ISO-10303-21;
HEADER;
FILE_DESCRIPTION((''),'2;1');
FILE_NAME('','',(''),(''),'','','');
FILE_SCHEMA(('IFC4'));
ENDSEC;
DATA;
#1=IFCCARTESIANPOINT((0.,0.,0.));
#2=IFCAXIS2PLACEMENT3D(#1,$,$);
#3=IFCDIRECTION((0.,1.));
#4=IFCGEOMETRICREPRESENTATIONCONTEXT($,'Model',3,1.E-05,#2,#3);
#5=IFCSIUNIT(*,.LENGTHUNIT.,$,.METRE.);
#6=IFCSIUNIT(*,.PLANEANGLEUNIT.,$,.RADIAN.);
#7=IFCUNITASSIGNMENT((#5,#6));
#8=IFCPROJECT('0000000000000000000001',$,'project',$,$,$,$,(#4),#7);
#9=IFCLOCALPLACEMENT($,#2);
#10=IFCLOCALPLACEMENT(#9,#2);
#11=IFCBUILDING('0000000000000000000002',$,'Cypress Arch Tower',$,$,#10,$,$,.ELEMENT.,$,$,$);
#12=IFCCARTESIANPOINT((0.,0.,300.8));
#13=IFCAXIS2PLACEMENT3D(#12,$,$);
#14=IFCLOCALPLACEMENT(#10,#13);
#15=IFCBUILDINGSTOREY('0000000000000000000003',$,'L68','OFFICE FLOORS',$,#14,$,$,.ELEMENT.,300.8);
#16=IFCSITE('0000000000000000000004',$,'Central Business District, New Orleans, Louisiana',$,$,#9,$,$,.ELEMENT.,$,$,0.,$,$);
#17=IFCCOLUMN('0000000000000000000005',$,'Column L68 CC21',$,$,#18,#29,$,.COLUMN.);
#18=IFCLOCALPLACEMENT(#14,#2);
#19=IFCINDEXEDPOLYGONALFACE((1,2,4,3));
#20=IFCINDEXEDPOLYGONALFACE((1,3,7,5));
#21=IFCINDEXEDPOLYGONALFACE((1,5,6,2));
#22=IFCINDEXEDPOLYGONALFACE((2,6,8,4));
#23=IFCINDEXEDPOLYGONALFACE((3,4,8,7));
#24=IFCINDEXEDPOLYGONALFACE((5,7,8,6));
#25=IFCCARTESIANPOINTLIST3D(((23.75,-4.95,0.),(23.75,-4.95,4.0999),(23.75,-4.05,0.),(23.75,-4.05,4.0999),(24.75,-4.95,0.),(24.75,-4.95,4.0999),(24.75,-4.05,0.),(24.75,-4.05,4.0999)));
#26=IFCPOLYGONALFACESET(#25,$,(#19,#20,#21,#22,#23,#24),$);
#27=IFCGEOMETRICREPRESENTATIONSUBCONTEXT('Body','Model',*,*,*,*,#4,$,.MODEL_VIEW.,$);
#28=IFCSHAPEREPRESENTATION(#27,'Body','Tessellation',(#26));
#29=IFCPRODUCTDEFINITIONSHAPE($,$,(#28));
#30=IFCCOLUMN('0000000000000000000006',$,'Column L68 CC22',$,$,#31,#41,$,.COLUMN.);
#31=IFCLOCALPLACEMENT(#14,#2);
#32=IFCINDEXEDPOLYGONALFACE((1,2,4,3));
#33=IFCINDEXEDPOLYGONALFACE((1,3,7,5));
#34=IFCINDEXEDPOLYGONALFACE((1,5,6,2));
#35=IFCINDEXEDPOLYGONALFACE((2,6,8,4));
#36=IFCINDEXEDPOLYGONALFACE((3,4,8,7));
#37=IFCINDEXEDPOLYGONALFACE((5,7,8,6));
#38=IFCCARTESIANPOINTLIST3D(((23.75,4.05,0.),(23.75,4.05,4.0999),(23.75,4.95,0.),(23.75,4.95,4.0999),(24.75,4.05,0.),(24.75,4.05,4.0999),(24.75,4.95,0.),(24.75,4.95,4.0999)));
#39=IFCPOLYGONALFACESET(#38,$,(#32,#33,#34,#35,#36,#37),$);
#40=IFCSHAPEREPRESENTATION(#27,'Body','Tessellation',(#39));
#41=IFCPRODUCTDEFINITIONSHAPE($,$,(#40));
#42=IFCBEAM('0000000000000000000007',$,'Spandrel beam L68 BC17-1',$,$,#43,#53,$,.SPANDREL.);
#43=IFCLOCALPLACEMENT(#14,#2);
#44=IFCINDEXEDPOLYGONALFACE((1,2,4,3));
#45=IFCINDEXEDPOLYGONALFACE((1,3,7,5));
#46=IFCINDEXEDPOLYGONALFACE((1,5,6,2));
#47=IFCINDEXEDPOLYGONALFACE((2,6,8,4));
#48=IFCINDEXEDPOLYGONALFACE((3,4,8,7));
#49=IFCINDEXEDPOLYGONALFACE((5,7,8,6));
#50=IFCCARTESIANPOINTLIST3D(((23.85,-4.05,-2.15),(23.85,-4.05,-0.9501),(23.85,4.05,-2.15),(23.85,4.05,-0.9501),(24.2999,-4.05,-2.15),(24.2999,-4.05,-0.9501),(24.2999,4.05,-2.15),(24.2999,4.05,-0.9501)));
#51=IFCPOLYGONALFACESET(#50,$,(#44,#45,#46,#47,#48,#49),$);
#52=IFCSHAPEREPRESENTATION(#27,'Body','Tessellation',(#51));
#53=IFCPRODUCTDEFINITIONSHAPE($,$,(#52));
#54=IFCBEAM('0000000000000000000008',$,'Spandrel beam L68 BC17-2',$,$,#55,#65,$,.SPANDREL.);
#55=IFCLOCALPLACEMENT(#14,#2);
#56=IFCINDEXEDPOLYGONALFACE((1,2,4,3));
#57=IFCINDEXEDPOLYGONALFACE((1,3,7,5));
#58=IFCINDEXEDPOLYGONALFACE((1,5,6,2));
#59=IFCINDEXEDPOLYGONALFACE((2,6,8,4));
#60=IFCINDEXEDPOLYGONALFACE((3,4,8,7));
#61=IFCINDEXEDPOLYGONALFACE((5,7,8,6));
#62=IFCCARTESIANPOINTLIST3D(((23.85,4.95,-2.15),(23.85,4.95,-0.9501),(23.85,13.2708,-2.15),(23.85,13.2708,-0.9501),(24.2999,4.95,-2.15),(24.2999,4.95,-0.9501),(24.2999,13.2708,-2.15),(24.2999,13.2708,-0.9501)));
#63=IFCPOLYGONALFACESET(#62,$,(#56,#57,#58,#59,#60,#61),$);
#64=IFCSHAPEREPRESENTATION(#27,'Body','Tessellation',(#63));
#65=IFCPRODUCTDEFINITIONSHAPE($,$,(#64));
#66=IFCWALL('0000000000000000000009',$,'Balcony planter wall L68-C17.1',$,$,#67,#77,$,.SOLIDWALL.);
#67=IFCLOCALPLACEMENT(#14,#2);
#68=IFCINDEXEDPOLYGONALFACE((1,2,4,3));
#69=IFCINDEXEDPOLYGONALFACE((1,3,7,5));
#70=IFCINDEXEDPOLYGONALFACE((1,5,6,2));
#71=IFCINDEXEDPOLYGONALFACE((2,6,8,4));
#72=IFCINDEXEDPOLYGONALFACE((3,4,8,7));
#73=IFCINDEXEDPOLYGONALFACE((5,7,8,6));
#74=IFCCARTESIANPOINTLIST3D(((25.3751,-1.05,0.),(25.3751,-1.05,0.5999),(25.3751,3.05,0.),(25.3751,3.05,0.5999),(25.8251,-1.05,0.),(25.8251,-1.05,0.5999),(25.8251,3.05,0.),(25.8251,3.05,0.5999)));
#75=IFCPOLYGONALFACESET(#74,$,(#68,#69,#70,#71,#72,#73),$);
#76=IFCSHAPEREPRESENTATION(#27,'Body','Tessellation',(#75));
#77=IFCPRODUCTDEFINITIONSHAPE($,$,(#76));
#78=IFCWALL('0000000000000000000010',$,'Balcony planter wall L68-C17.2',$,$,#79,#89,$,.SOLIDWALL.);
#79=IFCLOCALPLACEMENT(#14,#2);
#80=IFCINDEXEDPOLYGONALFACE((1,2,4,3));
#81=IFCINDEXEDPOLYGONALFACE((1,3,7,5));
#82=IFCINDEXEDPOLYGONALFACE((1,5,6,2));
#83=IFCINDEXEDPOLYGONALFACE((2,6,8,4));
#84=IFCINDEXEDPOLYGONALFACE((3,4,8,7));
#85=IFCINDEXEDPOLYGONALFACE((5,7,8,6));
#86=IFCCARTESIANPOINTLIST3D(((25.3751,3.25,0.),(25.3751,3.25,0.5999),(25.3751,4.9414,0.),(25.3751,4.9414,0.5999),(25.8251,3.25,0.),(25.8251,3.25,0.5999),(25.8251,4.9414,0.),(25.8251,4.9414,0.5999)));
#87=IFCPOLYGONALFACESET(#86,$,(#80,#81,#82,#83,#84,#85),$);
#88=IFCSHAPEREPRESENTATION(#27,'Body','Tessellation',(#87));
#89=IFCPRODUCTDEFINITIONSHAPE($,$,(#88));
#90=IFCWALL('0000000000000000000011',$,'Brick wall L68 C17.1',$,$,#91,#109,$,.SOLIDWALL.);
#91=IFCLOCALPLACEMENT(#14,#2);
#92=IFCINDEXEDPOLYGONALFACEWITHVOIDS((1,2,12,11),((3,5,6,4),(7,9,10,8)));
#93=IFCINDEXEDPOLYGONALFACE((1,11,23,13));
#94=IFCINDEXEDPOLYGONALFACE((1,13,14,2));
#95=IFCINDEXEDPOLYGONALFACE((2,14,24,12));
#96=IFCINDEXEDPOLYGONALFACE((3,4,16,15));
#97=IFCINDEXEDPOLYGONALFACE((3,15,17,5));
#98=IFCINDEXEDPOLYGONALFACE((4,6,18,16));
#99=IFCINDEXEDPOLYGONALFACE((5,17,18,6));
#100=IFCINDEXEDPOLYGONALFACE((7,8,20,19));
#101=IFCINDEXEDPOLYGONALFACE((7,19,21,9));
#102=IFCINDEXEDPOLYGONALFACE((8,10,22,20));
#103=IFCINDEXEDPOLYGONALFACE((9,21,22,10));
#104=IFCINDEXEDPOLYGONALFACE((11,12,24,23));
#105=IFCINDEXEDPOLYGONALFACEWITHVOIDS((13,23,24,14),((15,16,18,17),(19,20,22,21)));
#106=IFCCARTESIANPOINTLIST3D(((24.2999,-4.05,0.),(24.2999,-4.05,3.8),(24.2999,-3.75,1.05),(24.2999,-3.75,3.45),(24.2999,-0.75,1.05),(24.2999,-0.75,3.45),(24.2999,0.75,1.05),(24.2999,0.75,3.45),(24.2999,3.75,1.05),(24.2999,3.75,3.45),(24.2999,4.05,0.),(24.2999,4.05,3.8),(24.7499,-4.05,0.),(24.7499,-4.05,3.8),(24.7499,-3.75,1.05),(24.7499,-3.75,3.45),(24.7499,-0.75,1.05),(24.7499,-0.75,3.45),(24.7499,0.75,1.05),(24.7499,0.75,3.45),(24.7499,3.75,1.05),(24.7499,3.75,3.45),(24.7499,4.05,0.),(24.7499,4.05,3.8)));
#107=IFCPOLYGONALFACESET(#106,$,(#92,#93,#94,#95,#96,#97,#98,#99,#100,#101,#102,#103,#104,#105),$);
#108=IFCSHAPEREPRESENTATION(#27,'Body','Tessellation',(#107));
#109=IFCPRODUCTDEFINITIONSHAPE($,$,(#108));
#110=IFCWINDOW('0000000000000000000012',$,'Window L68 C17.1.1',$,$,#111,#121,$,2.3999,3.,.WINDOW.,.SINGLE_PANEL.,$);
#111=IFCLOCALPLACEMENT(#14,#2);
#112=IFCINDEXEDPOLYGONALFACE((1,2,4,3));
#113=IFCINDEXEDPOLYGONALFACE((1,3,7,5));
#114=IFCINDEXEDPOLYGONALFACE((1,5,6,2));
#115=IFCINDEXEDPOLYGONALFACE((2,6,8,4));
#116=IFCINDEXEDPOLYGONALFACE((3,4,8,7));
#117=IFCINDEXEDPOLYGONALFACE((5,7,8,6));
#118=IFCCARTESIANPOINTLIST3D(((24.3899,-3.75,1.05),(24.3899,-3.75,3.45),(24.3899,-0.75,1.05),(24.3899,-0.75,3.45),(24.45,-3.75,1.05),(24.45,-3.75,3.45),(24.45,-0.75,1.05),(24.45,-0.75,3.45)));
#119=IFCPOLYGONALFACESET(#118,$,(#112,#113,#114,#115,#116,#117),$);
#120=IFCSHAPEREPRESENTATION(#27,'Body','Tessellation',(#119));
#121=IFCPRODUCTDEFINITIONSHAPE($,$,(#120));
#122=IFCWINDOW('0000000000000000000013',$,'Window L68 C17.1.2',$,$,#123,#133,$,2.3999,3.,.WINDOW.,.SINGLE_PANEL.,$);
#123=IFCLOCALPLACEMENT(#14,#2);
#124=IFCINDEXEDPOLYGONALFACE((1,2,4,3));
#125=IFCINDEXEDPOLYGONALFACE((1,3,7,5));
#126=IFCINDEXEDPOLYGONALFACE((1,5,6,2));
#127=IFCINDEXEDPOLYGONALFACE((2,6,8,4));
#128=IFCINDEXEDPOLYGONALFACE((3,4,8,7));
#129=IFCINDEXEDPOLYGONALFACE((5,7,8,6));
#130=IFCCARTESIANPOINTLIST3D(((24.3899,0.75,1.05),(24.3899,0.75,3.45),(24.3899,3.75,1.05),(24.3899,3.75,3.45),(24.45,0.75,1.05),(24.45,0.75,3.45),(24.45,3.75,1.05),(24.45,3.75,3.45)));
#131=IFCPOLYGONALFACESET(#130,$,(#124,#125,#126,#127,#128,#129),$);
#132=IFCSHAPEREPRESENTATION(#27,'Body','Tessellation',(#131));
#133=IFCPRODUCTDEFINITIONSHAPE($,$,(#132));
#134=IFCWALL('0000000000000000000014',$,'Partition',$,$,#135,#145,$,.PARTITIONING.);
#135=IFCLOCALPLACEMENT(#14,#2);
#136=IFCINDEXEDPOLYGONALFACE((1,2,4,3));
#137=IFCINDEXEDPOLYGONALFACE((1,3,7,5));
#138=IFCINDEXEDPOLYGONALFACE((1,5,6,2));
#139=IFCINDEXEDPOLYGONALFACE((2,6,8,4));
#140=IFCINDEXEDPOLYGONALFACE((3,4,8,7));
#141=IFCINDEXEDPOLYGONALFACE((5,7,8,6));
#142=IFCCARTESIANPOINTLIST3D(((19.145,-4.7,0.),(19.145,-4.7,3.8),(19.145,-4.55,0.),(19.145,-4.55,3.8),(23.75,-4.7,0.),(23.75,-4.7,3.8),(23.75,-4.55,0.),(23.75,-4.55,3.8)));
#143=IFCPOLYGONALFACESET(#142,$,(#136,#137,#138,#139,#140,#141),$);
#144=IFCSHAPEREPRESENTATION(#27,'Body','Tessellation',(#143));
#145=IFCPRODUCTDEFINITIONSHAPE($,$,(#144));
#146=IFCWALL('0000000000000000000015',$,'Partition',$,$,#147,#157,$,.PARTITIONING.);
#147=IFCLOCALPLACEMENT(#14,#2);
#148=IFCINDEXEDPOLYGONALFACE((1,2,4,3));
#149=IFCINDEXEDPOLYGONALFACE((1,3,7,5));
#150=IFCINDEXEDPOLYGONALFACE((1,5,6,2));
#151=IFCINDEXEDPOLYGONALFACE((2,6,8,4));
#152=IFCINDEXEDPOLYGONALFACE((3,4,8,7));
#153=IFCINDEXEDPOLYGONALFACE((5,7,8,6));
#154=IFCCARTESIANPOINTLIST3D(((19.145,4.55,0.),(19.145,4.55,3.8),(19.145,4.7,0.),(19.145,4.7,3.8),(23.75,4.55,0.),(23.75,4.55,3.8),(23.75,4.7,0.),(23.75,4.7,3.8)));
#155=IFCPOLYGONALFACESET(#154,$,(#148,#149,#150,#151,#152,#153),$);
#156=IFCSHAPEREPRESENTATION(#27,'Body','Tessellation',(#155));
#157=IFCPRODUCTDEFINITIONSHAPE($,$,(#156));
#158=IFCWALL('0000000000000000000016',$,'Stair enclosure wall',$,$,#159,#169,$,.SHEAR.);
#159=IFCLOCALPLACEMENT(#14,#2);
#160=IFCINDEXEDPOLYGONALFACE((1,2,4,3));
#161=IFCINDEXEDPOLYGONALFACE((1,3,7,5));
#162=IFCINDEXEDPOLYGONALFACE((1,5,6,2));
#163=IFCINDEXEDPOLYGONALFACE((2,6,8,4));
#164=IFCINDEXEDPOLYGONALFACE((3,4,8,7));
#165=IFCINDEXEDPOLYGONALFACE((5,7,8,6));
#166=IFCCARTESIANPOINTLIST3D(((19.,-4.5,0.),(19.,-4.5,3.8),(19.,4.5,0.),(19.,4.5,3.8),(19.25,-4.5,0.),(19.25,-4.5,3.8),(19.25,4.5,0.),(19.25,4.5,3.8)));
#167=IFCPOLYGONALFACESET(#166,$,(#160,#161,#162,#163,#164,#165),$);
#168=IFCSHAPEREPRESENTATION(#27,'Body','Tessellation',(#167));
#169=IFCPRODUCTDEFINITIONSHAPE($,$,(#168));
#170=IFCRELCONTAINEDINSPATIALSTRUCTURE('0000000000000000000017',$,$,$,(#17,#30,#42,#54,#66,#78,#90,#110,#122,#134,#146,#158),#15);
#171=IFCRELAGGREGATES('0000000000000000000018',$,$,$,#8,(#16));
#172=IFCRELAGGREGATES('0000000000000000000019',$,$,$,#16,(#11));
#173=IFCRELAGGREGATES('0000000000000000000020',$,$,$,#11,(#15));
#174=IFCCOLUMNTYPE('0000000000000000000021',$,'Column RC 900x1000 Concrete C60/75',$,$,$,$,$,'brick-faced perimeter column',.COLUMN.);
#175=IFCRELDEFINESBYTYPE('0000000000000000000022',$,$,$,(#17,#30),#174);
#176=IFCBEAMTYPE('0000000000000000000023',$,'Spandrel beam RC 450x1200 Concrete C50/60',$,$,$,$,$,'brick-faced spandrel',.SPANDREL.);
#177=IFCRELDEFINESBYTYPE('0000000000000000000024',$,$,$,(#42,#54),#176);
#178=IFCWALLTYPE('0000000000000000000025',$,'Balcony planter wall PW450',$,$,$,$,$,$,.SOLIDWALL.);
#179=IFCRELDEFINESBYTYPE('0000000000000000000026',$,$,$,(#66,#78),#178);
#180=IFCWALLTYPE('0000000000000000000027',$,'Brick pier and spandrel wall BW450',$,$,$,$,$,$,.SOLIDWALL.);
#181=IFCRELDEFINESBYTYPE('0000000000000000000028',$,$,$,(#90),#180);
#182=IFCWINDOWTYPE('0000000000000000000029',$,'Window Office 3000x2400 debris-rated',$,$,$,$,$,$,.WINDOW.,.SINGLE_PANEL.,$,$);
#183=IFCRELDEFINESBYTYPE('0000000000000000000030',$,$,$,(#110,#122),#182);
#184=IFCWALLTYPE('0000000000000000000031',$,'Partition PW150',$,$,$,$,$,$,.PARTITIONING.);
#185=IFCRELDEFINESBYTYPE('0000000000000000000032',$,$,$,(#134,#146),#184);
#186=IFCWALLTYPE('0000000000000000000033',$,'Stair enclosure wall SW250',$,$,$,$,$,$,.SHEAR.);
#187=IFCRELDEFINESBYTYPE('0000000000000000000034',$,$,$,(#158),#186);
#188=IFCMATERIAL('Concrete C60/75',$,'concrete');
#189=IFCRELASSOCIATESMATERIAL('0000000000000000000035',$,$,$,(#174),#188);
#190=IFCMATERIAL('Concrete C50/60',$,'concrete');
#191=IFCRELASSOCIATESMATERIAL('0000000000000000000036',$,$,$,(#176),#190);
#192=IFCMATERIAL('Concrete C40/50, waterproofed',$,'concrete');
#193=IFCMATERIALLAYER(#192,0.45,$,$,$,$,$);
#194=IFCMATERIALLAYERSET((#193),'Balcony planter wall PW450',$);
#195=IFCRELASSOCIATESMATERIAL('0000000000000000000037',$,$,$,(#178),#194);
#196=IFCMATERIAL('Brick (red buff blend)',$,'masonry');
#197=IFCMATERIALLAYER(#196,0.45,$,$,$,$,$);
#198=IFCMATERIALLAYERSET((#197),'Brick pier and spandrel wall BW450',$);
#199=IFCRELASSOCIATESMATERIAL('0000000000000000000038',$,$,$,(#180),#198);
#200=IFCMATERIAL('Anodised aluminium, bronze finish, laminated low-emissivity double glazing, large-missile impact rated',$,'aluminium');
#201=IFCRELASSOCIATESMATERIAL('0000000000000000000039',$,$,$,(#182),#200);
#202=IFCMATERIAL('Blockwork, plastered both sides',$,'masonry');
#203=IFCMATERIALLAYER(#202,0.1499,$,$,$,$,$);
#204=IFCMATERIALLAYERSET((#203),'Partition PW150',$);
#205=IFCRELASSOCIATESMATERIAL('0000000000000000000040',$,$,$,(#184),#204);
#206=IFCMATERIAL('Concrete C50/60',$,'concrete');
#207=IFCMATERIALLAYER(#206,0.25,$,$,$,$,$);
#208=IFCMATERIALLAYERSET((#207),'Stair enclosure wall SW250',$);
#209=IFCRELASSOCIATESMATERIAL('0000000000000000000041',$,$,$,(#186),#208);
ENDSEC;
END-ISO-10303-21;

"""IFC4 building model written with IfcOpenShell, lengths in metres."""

from ifc_helpers import new_model, si_unit, direction, frame, frame_2d, origin, origin_2d, place, context, subcontext, project, spatial, rectangle, extrude, material, layer, layer_set, material_profile, profile_set, type_object, element, fill, save


model = new_model("IFC4")

# Units and contexts
model_context = context("Model", 3, precision=1e-05, world=origin(), true_north=direction((0.0, 1.0)))
body_context = subcontext(model_context, "Body", "Model", "MODEL_VIEW")
ifc_project = project(units=[si_unit("LENGTHUNIT", "METRE"), si_unit("PLANEANGLEUNIT", "RADIAN")], contexts=[model_context])

# Site, building, storey
site_placement = place(None, origin())
site = spatial("IfcSite", under=ifc_project, at=site_placement, Name="Central Business District, New Orleans, Louisiana", CompositionType="ELEMENT", RefElevation=0.0)
building_placement = place(site_placement, origin())
building = spatial("IfcBuilding", under=site, at=building_placement, Name="Cypress Arch Tower", CompositionType="ELEMENT")
storey_placement = place(building_placement, frame((0.0, 0.0, 300.8)))
storey = spatial("IfcBuildingStorey", under=building, at=storey_placement, Name="L68", Description="OFFICE FLOORS", CompositionType="ELEMENT", Elevation=300.8)

# Columns
ifc_material_1 = material(Name="Concrete C60/75", Category="concrete")
ifc_material_profile_1 = material_profile(ifc_material_1, rectangle(XDim=0.8999, YDim=1.0, at=origin_2d()), Name="RC 900x1000")
ifc_profile_set_1 = profile_set([ifc_material_profile_1], Name="Concrete C60/75")
column_type = type_object("IfcColumnType", Name="Column RC 900x1000 Concrete C60/75", ElementType="brick-faced perimeter column", PredefinedType="COLUMN", material=ifc_profile_set_1)
for number, where, z_axis, x_axis, name in (
    (1, (24.25, -4.5, 0.0), (0.0, 0.0, 1.0), (0.0, 1.0, 0.0), "Column L68 CC21"),
    (2, (24.25, 4.5, 0.0), (0.0, 0.0, 1.0), (0.0, 1.0, 0.0), "Column L68 CC22"),
):
    element("IfcColumn", number, at=place(storey_placement, frame(where, z_axis=z_axis, x_axis=x_axis)), inside=storey, type_object=column_type, Name=name, PredefinedType="COLUMN", context=body_context, shape_type="SweptSolid", body=[
        extrude(rectangle(XDim=0.8999, YDim=1.0, at=origin_2d()), origin(), (0.0, 0.0, 1.0), 4.0999),
    ])

# Beams
ifc_material_2 = material(Name="Concrete C50/60", Category="concrete")
ifc_material_profile_2 = material_profile(ifc_material_2, rectangle(XDim=0.45, YDim=1.2, at=origin_2d()), Name="RC 450x1200")
ifc_profile_set_2 = profile_set([ifc_material_profile_2], Name="Concrete C50/60")
beam_type = type_object("IfcBeamType", Name="Spandrel beam RC 450x1200 Concrete C50/60", ElementType="brick-faced spandrel", PredefinedType="SPANDREL", material=ifc_profile_set_2)
beam_1_placement = place(storey_placement, frame((24.075, -4.05, -1.55), z_axis=(0.0, 1.0, 0.0), x_axis=(-1.0, 0.0, 0.0)))
element("IfcBeam", 3, at=beam_1_placement, inside=storey, type_object=beam_type, Name="Spandrel beam L68 BC17-1", PredefinedType="SPANDREL", context=body_context, shape_type="SweptSolid", body=[
    extrude(rectangle(XDim=0.45, YDim=1.2, at=origin_2d()), origin(), (0.0, 0.0, 1.0), 8.1001),
])
beam_2_placement = place(storey_placement, frame((24.075, 4.95, -1.55), z_axis=(0.0, 1.0, 0.0), x_axis=(-1.0, 0.0, 0.0)))
element("IfcBeam", 4, at=beam_2_placement, inside=storey, type_object=beam_type, Name="Spandrel beam L68 BC17-2", PredefinedType="SPANDREL", context=body_context, shape_type="SweptSolid", body=[
    extrude(rectangle(XDim=0.45, YDim=1.2, at=origin_2d()), origin(), (0.0, 0.0, 1.0), 8.3208),
])

# Walls
ifc_material_3 = material(Name="Concrete C40/50, waterproofed", Category="concrete")
ifc_layer_1 = layer(ifc_material_3, 0.45)
ifc_layer_set_1 = layer_set([ifc_layer_1], Name="Balcony planter wall PW450")
wall_type_1 = type_object("IfcWallType", Name="Balcony planter wall PW450", PredefinedType="SOLIDWALL", material=ifc_layer_set_1)
wall_1_placement = place(storey_placement, frame((25.6001, -1.05, 0.0), z_axis=(0.0, 0.0, 1.0), x_axis=(0.0, 1.0, 0.0)))
element("IfcWall", 5, at=wall_1_placement, inside=storey, type_object=wall_type_1, Name="Balcony planter wall L68-C17.1", PredefinedType="SOLIDWALL", context=body_context, shape_type="SweptSolid", body=[
    extrude(rectangle(XDim=4.1001, YDim=0.45, at=frame_2d((2.05, 0.0))), origin(), (0.0, 0.0, 1.0), 0.5999),
])
wall_2_placement = place(storey_placement, frame((25.6001, 3.25, 0.0), z_axis=(0.0, 0.0, 1.0), x_axis=(0.0, 1.0, 0.0)))
element("IfcWall", 6, at=wall_2_placement, inside=storey, type_object=wall_type_1, Name="Balcony planter wall L68-C17.2", PredefinedType="SOLIDWALL", context=body_context, shape_type="SweptSolid", body=[
    extrude(rectangle(XDim=1.6914, YDim=0.45, at=frame_2d((0.8457, 0.0))), origin(), (0.0, 0.0, 1.0), 0.5999),
])

# Wall, openings, windows
ifc_material_4 = material(Name="Brick (red buff blend)", Category="masonry")
ifc_layer_2 = layer(ifc_material_4, 0.45)
ifc_layer_set_2 = layer_set([ifc_layer_2], Name="Brick pier and spandrel wall BW450")
wall_type_2 = type_object("IfcWallType", Name="Brick pier and spandrel wall BW450", PredefinedType="SOLIDWALL", material=ifc_layer_set_2)
wall_3_placement = place(storey_placement, frame((24.5249, -4.05, 0.0), z_axis=(0.0, 0.0, 1.0), x_axis=(0.0, 1.0, 0.0)))
wall_3 = element("IfcWall", 7, at=wall_3_placement, inside=storey, type_object=wall_type_2, Name="Brick wall L68 C17.1", PredefinedType="SOLIDWALL", context=body_context, shape_type="SweptSolid", body=[
    extrude(rectangle(XDim=8.1001, YDim=0.45, at=frame_2d((4.05, 0.0))), origin(), (0.0, 0.0, 1.0), 3.8),
])
opening_1_placement = place(wall_3_placement, frame((0.3, 0.0, 1.05)))
opening_1 = element("IfcOpeningElement", 8, at=opening_1_placement, cuts=wall_3, PredefinedType="OPENING", context=body_context, shape_type="SweptSolid", body=[
    extrude(rectangle(XDim=3.0, YDim=2.3999, at=frame_2d((1.5, 1.2))), frame((0.0, 0.2349, 0.0), z_axis=(0.0, -1.0, 0.0), x_axis=(1.0, 0.0, 0.0)), (0.0, 0.0, 1.0), 0.47),
])
opening_2_placement = place(wall_3_placement, frame((4.8, 0.0, 1.05)))
opening_2 = element("IfcOpeningElement", 9, at=opening_2_placement, cuts=wall_3, PredefinedType="OPENING", context=body_context, shape_type="SweptSolid", body=[
    extrude(rectangle(XDim=3.0, YDim=2.3999, at=frame_2d((1.5, 1.2))), frame((0.0, 0.2349, 0.0), z_axis=(0.0, -1.0, 0.0), x_axis=(1.0, 0.0, 0.0)), (0.0, 0.0, 1.0), 0.47),
])
ifc_material_5 = material(Name="Anodised aluminium, bronze finish, laminated low-emissivity double glazing, large-missile impact rated", Category="aluminium")
window_type_1 = type_object("IfcWindowType", Name="Window Office 3000x2400 debris-rated", PartitioningType="SINGLE_PANEL", PredefinedType="WINDOW", material=ifc_material_5)
window_1_placement = place(opening_1_placement, origin())
window_1 = element("IfcWindow", 10, at=window_1_placement, inside=storey, type_object=window_type_1, Name="Window L68 C17.1.1", OverallHeight=2.3999, OverallWidth=3.0, PartitioningType="SINGLE_PANEL", PredefinedType="WINDOW", context=body_context, shape_type="SweptSolid", body=[
    extrude(rectangle(XDim=3.0, YDim=2.3999, at=frame_2d((1.5, 1.2))), frame((0.0, 0.135, 0.0), z_axis=(0.0, -1.0, 0.0), x_axis=(1.0, 0.0, 0.0)), (0.0, 0.0, 1.0), 0.0601),
])
fill(opening_1, window_1)
window_2_placement = place(opening_2_placement, origin())
window_2 = element("IfcWindow", 11, at=window_2_placement, inside=storey, type_object=window_type_1, Name="Window L68 C17.1.2", OverallHeight=2.3999, OverallWidth=3.0, PartitioningType="SINGLE_PANEL", PredefinedType="WINDOW", context=body_context, shape_type="SweptSolid", body=[
    extrude(rectangle(XDim=3.0, YDim=2.3999, at=frame_2d((1.5, 1.2))), frame((0.0, 0.135, 0.0), z_axis=(0.0, -1.0, 0.0), x_axis=(1.0, 0.0, 0.0)), (0.0, 0.0, 1.0), 0.0601),
])
fill(opening_2, window_2)

# Walls
ifc_material_6 = material(Name="Blockwork, plastered both sides", Category="masonry")
ifc_layer_3 = layer(ifc_material_6, 0.1499)
ifc_layer_set_3 = layer_set([ifc_layer_3], Name="Partition PW150")
wall_type_3 = type_object("IfcWallType", Name="Partition PW150", PredefinedType="PARTITIONING", material=ifc_layer_set_3)
for number, where, z_axis, x_axis, name in (
    (12, (19.145, -4.625, 0.0), (0.0, 0.0, 1.0), (1.0, 0.0, 0.0), "Partition"),
    (13, (19.145, 4.625, 0.0), (0.0, 0.0, 1.0), (1.0, 0.0, 0.0), "Partition"),
):
    element("IfcWall", number, at=place(storey_placement, frame(where, z_axis=z_axis, x_axis=x_axis)), inside=storey, type_object=wall_type_3, Name=name, PredefinedType="PARTITIONING", context=body_context, shape_type="SweptSolid", body=[
        extrude(rectangle(XDim=4.605, YDim=0.1499, at=frame_2d((2.3025, 0.0))), origin(), (0.0, 0.0, 1.0), 3.8),
    ])
ifc_material_7 = material(Name="Concrete C50/60", Category="concrete")
ifc_layer_4 = layer(ifc_material_7, 0.25)
ifc_layer_set_4 = layer_set([ifc_layer_4], Name="Stair enclosure wall SW250")
wall_type_4 = type_object("IfcWallType", Name="Stair enclosure wall SW250", PredefinedType="SHEAR", material=ifc_layer_set_4)
wall_4_placement = place(storey_placement, frame((19.125, -4.5, 0.0), z_axis=(0.0, 0.0, 1.0), x_axis=(0.0, 1.0, 0.0)))
element("IfcWall", 14, at=wall_4_placement, inside=storey, type_object=wall_type_4, Name="Stair enclosure wall", PredefinedType="SHEAR", context=body_context, shape_type="SweptSolid", body=[
    extrude(rectangle(XDim=9.0, YDim=0.25, at=frame_2d((4.5, 0.0))), origin(), (0.0, 0.0, 1.0), 3.8),
])

save(model, "model.ifc")
